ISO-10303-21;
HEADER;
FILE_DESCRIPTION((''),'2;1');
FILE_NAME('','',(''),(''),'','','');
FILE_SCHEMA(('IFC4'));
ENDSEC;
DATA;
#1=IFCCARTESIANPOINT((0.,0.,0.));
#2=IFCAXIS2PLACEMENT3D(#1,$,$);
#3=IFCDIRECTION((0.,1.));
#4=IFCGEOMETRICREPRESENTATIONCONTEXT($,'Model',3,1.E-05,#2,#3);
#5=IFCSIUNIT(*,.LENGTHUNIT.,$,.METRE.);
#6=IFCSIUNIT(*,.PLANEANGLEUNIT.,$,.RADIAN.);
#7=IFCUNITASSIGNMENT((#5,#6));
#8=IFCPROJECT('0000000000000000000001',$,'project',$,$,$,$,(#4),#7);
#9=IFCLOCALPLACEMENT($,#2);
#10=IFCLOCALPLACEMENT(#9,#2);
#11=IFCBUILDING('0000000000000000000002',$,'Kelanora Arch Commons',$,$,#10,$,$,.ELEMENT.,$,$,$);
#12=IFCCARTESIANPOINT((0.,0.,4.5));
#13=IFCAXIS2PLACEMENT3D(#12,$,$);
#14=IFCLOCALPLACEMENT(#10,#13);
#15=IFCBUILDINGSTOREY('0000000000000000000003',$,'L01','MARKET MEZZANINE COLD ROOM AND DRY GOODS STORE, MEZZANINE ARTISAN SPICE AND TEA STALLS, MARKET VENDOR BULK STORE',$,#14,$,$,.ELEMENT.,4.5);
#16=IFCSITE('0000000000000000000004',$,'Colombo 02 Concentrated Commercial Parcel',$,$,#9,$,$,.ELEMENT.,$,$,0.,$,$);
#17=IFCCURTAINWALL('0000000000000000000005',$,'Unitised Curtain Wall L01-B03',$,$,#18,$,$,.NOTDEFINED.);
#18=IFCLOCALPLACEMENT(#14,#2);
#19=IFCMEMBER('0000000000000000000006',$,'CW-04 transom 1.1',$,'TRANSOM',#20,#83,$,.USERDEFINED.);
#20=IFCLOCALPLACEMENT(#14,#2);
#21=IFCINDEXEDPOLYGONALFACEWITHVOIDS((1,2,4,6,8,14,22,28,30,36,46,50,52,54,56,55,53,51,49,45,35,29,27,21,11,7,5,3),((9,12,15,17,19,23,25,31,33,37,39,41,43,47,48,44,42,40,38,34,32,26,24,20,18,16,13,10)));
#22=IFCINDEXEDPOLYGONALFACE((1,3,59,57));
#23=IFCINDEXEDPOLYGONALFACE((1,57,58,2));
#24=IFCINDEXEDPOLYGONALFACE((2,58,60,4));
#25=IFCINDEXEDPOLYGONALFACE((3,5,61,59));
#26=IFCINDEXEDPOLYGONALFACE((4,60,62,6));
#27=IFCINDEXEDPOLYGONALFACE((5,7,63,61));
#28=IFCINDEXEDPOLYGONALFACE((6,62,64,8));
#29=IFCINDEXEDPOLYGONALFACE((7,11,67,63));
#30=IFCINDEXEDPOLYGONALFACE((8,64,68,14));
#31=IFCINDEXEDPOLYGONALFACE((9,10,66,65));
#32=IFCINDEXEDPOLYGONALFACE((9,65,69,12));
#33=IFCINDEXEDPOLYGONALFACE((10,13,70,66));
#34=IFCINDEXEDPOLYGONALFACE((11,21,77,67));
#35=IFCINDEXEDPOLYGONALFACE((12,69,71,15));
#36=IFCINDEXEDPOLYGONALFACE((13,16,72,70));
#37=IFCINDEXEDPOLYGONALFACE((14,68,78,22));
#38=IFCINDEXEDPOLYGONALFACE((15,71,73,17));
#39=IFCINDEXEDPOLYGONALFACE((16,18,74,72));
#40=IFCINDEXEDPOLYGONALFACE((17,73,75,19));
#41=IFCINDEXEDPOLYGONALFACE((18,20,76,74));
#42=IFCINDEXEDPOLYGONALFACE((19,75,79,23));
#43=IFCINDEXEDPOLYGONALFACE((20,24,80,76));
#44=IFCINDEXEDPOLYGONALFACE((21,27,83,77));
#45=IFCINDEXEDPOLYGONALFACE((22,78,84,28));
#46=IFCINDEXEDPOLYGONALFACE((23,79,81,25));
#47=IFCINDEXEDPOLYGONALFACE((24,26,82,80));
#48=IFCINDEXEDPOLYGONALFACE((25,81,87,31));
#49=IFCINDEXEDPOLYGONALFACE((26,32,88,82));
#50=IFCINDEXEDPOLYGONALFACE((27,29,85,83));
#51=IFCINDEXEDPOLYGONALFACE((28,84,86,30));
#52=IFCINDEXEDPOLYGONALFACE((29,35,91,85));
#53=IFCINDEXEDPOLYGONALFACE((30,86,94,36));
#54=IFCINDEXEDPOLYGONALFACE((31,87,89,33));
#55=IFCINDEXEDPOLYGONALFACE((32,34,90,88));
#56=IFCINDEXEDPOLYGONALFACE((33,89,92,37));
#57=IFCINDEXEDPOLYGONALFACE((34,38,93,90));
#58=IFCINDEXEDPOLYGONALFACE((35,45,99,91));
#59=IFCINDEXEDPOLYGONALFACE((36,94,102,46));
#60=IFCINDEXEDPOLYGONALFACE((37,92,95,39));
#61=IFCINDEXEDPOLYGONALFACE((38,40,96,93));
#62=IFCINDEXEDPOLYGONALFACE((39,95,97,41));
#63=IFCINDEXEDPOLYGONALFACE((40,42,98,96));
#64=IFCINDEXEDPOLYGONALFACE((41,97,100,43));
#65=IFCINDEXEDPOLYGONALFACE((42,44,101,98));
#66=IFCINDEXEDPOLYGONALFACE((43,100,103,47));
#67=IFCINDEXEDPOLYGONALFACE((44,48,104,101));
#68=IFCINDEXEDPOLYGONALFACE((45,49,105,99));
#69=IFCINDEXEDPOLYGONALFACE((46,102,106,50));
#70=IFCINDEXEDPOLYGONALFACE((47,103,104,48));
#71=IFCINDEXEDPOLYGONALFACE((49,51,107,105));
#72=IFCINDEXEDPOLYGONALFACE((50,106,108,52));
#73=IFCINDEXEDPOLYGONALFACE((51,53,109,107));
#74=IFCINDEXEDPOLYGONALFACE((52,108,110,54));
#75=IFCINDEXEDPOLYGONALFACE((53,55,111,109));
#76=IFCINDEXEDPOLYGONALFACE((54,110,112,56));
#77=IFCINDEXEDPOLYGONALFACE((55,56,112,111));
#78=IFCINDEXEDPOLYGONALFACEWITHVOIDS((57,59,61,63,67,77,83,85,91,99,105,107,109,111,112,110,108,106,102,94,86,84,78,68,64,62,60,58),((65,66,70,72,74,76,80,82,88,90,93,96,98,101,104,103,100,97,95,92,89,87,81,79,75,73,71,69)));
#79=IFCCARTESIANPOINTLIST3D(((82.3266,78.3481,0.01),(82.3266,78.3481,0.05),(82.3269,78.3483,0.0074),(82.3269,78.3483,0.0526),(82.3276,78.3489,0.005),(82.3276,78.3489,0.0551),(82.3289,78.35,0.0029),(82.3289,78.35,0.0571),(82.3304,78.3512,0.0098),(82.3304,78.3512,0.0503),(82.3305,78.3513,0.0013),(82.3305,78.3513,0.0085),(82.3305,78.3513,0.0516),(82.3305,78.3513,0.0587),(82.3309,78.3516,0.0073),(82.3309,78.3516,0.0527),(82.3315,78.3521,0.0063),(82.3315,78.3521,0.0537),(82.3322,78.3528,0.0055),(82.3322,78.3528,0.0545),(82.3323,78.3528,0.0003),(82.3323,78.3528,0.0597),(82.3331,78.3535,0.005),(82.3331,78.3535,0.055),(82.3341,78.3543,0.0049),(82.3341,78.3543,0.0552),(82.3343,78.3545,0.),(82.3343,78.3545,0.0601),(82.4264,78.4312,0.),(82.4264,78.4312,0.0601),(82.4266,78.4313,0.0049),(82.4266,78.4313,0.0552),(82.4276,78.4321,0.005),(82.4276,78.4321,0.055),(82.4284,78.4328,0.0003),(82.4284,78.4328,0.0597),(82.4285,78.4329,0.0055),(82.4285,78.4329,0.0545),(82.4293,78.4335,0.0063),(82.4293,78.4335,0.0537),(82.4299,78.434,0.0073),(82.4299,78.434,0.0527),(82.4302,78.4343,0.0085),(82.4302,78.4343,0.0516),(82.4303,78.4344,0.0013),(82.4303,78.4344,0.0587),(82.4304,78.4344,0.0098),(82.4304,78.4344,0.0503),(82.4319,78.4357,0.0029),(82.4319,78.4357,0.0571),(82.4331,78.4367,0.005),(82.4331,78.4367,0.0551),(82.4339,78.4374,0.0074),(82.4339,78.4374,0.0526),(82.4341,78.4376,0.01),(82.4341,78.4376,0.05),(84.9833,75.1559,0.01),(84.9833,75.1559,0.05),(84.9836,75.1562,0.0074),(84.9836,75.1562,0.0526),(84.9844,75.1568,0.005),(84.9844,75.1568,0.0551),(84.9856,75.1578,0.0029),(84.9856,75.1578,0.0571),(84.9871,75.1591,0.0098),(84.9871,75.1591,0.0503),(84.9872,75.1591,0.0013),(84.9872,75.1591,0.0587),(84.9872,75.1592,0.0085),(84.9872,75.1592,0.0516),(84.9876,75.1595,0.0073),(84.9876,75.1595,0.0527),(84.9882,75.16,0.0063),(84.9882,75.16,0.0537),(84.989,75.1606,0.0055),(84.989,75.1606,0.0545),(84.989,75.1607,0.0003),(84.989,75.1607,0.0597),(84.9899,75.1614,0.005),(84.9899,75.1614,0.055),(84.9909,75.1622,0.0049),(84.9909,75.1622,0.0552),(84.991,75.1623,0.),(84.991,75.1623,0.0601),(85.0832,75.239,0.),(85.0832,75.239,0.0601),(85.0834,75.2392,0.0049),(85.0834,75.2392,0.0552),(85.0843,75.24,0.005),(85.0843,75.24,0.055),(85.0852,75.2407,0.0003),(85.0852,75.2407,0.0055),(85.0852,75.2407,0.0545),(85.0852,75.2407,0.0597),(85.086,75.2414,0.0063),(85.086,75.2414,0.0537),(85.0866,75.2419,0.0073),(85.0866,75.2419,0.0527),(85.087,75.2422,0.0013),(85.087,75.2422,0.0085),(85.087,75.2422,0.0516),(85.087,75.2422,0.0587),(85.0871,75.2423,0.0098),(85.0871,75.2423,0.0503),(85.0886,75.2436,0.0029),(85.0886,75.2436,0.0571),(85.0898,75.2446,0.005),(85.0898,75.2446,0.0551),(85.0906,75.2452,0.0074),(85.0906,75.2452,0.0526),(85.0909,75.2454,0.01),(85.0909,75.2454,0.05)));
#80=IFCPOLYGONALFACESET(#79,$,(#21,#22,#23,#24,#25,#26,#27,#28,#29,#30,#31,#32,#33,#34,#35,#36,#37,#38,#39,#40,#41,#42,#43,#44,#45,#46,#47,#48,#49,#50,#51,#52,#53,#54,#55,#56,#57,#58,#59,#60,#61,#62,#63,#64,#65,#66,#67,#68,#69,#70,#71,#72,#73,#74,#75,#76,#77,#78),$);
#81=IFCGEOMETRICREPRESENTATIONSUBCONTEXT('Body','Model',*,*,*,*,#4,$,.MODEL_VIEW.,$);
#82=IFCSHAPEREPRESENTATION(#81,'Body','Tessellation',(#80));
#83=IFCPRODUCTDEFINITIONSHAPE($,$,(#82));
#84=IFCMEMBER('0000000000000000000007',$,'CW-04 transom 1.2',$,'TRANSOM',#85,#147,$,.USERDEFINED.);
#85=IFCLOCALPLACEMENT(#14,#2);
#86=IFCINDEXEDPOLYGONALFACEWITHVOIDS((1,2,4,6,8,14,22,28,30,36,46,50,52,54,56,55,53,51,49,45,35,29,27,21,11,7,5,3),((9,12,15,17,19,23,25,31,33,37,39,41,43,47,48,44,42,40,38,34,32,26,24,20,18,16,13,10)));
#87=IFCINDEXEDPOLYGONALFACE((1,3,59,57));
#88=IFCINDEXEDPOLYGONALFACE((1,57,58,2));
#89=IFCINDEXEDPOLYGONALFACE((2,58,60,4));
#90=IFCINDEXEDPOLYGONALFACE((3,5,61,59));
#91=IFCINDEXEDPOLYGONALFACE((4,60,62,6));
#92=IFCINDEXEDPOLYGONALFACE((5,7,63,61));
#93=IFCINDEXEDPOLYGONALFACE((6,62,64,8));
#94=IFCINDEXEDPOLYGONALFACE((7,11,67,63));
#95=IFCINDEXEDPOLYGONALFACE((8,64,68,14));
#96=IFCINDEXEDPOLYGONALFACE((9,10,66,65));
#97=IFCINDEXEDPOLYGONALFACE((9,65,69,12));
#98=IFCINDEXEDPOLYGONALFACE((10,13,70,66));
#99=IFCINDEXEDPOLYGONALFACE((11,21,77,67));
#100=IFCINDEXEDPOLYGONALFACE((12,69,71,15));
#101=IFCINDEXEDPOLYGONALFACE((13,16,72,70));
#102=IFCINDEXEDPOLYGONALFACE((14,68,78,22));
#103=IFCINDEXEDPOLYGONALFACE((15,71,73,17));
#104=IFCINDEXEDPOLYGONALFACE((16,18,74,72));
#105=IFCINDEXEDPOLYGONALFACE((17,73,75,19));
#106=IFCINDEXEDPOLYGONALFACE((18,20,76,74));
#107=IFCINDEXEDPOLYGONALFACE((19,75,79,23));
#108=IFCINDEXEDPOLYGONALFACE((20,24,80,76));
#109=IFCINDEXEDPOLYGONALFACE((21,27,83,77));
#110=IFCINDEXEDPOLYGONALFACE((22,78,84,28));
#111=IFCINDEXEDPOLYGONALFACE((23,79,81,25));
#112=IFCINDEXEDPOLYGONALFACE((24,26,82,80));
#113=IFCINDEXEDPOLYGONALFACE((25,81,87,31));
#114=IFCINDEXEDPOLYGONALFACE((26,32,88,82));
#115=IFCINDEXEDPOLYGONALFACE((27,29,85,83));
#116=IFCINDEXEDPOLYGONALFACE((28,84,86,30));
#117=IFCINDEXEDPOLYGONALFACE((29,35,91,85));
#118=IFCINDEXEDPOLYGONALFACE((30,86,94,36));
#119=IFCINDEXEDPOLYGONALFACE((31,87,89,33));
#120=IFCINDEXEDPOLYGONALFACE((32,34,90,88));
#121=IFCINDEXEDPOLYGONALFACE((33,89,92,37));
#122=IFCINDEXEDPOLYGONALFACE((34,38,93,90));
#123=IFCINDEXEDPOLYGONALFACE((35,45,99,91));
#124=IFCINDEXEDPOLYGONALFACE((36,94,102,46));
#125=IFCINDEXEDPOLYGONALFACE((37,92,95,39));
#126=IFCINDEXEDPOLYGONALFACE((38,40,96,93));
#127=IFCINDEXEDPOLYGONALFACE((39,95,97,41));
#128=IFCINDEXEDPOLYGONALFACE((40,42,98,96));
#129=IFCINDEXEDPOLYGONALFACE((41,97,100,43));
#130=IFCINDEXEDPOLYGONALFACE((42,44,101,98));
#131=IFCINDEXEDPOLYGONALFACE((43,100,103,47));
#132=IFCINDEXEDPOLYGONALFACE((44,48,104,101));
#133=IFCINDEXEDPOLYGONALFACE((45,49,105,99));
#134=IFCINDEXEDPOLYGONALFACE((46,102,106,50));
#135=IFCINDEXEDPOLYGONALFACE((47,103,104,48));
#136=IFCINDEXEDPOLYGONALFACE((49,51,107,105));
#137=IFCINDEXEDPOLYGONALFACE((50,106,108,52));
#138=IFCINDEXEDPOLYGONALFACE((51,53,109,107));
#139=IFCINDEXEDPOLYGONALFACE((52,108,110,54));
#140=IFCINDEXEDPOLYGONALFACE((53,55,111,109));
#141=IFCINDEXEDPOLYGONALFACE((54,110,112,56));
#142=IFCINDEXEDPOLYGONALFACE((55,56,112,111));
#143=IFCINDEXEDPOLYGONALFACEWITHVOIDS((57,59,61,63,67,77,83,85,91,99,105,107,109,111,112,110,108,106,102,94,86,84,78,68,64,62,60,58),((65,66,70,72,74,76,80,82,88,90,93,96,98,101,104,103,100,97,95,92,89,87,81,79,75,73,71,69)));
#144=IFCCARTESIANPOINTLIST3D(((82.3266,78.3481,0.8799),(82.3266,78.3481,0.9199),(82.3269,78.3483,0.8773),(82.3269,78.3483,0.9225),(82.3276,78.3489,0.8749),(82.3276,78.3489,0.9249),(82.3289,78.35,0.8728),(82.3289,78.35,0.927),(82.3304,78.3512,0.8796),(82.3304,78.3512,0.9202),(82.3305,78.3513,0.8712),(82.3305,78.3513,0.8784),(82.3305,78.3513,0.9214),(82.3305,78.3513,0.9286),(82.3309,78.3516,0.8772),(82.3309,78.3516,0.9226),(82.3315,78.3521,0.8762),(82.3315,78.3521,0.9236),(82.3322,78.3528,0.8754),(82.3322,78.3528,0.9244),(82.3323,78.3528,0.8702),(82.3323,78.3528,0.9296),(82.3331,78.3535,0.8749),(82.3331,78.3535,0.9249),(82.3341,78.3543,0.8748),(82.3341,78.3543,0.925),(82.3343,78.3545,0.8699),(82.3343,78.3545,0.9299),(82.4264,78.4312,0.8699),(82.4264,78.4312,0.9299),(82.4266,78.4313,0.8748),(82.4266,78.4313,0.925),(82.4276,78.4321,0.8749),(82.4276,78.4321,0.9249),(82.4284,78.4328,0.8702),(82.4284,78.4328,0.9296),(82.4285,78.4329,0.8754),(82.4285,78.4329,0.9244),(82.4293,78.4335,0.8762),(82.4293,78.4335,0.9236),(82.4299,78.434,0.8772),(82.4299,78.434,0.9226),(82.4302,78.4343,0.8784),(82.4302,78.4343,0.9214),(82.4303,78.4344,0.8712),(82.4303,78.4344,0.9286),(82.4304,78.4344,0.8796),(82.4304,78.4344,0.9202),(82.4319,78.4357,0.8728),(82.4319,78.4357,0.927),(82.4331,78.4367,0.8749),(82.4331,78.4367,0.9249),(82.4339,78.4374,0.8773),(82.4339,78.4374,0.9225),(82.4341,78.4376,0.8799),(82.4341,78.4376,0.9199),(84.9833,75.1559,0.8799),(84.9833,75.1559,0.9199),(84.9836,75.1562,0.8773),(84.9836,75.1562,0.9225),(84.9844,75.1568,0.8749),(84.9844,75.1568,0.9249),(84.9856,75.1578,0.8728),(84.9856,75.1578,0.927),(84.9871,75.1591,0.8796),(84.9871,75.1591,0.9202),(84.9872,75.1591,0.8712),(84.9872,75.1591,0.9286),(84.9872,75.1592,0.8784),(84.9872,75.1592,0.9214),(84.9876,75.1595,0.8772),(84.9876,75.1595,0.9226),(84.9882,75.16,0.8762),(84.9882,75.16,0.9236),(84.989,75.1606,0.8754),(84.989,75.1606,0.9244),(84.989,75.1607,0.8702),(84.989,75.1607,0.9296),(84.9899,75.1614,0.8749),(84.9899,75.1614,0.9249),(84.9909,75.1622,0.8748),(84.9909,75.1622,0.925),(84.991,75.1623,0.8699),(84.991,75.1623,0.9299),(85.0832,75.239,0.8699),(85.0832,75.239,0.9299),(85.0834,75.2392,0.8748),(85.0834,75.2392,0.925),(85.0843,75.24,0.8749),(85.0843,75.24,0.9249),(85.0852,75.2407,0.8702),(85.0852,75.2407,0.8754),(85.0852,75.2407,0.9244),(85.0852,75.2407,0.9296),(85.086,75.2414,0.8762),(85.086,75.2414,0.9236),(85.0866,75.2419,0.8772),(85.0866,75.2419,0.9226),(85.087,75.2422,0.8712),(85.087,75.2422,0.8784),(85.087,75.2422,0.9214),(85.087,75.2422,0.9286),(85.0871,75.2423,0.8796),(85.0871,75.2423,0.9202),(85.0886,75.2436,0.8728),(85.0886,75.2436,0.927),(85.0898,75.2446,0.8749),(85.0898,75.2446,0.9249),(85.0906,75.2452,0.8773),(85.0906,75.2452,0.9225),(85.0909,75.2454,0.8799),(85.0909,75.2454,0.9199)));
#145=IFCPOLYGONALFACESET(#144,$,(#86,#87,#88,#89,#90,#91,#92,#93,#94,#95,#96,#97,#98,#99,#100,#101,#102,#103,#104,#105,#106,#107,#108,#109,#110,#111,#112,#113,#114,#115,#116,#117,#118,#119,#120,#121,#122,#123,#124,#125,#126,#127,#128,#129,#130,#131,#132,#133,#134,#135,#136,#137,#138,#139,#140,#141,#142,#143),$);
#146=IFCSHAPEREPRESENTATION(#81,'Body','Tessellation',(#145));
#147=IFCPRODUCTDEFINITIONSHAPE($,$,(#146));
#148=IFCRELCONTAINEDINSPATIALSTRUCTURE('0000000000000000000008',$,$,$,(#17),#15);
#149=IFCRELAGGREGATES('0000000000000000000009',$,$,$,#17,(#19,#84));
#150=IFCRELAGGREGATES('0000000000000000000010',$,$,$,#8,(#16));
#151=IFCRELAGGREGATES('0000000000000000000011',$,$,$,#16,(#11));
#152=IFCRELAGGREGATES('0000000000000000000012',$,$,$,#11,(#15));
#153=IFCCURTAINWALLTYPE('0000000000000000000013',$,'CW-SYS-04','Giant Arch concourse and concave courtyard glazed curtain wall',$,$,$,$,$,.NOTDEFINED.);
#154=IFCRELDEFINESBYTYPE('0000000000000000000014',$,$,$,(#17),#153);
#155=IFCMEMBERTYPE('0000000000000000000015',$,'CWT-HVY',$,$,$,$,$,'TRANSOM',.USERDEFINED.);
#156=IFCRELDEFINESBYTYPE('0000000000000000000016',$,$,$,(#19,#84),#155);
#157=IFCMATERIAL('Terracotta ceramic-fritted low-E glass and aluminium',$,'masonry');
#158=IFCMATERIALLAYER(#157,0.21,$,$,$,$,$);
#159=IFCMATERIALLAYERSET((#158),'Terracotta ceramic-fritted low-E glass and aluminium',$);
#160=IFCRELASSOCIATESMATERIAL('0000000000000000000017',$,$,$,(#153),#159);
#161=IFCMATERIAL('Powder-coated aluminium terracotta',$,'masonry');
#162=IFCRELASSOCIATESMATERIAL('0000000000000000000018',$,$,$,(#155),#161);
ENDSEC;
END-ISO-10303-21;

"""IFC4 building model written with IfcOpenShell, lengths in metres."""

from ifc_helpers import new_model, si_unit, direction, frame, origin, origin_2d, place, context, subcontext, project, spatial, hollow_rectangle, extrude, material, layer, layer_set, material_profile, profile_set, type_object, element, aggregate, save


model = new_model("IFC4")

# Units and contexts
model_context = context("Model", 3, precision=1e-05, world=origin(), true_north=direction((0.0, 1.0)))
body_context = subcontext(model_context, "Body", "Model", "MODEL_VIEW")
ifc_project = project(units=[si_unit("LENGTHUNIT", "METRE"), si_unit("PLANEANGLEUNIT", "RADIAN")], contexts=[model_context])

# Site, building, storey
site_placement = place(None, origin())
site = spatial("IfcSite", under=ifc_project, at=site_placement, Name="Colombo 02 Concentrated Commercial Parcel", CompositionType="ELEMENT", RefElevation=0.0)
building_placement = place(site_placement, origin())
building = spatial("IfcBuilding", under=site, at=building_placement, Name="Kelanora Arch Commons", CompositionType="ELEMENT")
storey_placement = place(building_placement, frame((0.0, 0.0, 4.5)))
storey = spatial("IfcBuildingStorey", under=building, at=storey_placement, Name="L01", Description="MARKET MEZZANINE COLD ROOM AND DRY GOODS STORE, MEZZANINE ARTISAN SPICE AND TEA STALLS, MARKET VENDOR BULK STORE", CompositionType="ELEMENT", Elevation=4.5)

# Shared definitions
ifc_material_1 = material(Name="Terracotta ceramic-fritted low-E glass and aluminium", Category="masonry")
ifc_layer_1 = layer(ifc_material_1, 0.21)
ifc_layer_set_1 = layer_set([ifc_layer_1], Name="Terracotta ceramic-fritted low-E glass and aluminium")
curtain_wall_type = type_object("IfcCurtainWallType", Name="CW-SYS-04", Description="Giant Arch concourse and concave courtyard glazed curtain wall", PredefinedType="NOTDEFINED", material=ifc_layer_set_1)
ifc_material_2 = material(Name="Powder-coated aluminium terracotta", Category="masonry")

# Curtain wall
curtain_wall_1_placement = place(storey_placement, origin())
curtain_wall_1 = element("IfcCurtainWall", 1, at=curtain_wall_1_placement, inside=storey, type_object=curtain_wall_type, Name="Unitised Curtain Wall L01-B03", PredefinedType="NOTDEFINED")

# Members
ifc_material_profile_1 = material_profile(ifc_material_2, hollow_rectangle(XDim=0.1399, YDim=0.0601, WallThickness=0.0049, InnerFilletRadius=0.0049, OuterFilletRadius=0.01, at=origin_2d()), Name="CWT140x60")
ifc_profile_set_1 = profile_set([ifc_material_profile_1], Name="Powder-coated aluminium terracotta")
member_type_1 = type_object("IfcMemberType", Name="CWT-HVY", ElementType="TRANSOM", PredefinedType="USERDEFINED", material=ifc_profile_set_1)
member_1_placement = place(storey_placement, frame((85.0371, 75.2007, 0.03), z_axis=(-0.639704, 0.768621, 0.0), x_axis=(-0.768621, -0.639704, 0.0)))
member_1 = element("IfcMember", 2, at=member_1_placement, type_object=member_type_1, Name="CW-04 transom 1.1", ObjectType="TRANSOM", PredefinedType="USERDEFINED", context=body_context, shape_type="SweptSolid", body=[
    extrude(hollow_rectangle(XDim=0.1399, YDim=0.0601, WallThickness=0.0049, InnerFilletRadius=0.0049, OuterFilletRadius=0.01, at=origin_2d()), origin(), (0.0, 0.0, 1.0), 4.1531),
])
member_2_placement = place(storey_placement, frame((85.0371, 75.2007, 0.8999), z_axis=(-0.639704, 0.768621, 0.0), x_axis=(-0.768621, -0.639704, 0.0)))
member_2 = element("IfcMember", 3, at=member_2_placement, type_object=member_type_1, Name="CW-04 transom 1.2", ObjectType="TRANSOM", PredefinedType="USERDEFINED", context=body_context, shape_type="SweptSolid", body=[
    extrude(hollow_rectangle(XDim=0.1399, YDim=0.0601, WallThickness=0.0049, InnerFilletRadius=0.0049, OuterFilletRadius=0.01, at=origin_2d()), origin(), (0.0, 0.0, 1.0), 4.1531),
])

aggregate(curtain_wall_1, [member_1, member_2])

save(model, "model.ifc")
